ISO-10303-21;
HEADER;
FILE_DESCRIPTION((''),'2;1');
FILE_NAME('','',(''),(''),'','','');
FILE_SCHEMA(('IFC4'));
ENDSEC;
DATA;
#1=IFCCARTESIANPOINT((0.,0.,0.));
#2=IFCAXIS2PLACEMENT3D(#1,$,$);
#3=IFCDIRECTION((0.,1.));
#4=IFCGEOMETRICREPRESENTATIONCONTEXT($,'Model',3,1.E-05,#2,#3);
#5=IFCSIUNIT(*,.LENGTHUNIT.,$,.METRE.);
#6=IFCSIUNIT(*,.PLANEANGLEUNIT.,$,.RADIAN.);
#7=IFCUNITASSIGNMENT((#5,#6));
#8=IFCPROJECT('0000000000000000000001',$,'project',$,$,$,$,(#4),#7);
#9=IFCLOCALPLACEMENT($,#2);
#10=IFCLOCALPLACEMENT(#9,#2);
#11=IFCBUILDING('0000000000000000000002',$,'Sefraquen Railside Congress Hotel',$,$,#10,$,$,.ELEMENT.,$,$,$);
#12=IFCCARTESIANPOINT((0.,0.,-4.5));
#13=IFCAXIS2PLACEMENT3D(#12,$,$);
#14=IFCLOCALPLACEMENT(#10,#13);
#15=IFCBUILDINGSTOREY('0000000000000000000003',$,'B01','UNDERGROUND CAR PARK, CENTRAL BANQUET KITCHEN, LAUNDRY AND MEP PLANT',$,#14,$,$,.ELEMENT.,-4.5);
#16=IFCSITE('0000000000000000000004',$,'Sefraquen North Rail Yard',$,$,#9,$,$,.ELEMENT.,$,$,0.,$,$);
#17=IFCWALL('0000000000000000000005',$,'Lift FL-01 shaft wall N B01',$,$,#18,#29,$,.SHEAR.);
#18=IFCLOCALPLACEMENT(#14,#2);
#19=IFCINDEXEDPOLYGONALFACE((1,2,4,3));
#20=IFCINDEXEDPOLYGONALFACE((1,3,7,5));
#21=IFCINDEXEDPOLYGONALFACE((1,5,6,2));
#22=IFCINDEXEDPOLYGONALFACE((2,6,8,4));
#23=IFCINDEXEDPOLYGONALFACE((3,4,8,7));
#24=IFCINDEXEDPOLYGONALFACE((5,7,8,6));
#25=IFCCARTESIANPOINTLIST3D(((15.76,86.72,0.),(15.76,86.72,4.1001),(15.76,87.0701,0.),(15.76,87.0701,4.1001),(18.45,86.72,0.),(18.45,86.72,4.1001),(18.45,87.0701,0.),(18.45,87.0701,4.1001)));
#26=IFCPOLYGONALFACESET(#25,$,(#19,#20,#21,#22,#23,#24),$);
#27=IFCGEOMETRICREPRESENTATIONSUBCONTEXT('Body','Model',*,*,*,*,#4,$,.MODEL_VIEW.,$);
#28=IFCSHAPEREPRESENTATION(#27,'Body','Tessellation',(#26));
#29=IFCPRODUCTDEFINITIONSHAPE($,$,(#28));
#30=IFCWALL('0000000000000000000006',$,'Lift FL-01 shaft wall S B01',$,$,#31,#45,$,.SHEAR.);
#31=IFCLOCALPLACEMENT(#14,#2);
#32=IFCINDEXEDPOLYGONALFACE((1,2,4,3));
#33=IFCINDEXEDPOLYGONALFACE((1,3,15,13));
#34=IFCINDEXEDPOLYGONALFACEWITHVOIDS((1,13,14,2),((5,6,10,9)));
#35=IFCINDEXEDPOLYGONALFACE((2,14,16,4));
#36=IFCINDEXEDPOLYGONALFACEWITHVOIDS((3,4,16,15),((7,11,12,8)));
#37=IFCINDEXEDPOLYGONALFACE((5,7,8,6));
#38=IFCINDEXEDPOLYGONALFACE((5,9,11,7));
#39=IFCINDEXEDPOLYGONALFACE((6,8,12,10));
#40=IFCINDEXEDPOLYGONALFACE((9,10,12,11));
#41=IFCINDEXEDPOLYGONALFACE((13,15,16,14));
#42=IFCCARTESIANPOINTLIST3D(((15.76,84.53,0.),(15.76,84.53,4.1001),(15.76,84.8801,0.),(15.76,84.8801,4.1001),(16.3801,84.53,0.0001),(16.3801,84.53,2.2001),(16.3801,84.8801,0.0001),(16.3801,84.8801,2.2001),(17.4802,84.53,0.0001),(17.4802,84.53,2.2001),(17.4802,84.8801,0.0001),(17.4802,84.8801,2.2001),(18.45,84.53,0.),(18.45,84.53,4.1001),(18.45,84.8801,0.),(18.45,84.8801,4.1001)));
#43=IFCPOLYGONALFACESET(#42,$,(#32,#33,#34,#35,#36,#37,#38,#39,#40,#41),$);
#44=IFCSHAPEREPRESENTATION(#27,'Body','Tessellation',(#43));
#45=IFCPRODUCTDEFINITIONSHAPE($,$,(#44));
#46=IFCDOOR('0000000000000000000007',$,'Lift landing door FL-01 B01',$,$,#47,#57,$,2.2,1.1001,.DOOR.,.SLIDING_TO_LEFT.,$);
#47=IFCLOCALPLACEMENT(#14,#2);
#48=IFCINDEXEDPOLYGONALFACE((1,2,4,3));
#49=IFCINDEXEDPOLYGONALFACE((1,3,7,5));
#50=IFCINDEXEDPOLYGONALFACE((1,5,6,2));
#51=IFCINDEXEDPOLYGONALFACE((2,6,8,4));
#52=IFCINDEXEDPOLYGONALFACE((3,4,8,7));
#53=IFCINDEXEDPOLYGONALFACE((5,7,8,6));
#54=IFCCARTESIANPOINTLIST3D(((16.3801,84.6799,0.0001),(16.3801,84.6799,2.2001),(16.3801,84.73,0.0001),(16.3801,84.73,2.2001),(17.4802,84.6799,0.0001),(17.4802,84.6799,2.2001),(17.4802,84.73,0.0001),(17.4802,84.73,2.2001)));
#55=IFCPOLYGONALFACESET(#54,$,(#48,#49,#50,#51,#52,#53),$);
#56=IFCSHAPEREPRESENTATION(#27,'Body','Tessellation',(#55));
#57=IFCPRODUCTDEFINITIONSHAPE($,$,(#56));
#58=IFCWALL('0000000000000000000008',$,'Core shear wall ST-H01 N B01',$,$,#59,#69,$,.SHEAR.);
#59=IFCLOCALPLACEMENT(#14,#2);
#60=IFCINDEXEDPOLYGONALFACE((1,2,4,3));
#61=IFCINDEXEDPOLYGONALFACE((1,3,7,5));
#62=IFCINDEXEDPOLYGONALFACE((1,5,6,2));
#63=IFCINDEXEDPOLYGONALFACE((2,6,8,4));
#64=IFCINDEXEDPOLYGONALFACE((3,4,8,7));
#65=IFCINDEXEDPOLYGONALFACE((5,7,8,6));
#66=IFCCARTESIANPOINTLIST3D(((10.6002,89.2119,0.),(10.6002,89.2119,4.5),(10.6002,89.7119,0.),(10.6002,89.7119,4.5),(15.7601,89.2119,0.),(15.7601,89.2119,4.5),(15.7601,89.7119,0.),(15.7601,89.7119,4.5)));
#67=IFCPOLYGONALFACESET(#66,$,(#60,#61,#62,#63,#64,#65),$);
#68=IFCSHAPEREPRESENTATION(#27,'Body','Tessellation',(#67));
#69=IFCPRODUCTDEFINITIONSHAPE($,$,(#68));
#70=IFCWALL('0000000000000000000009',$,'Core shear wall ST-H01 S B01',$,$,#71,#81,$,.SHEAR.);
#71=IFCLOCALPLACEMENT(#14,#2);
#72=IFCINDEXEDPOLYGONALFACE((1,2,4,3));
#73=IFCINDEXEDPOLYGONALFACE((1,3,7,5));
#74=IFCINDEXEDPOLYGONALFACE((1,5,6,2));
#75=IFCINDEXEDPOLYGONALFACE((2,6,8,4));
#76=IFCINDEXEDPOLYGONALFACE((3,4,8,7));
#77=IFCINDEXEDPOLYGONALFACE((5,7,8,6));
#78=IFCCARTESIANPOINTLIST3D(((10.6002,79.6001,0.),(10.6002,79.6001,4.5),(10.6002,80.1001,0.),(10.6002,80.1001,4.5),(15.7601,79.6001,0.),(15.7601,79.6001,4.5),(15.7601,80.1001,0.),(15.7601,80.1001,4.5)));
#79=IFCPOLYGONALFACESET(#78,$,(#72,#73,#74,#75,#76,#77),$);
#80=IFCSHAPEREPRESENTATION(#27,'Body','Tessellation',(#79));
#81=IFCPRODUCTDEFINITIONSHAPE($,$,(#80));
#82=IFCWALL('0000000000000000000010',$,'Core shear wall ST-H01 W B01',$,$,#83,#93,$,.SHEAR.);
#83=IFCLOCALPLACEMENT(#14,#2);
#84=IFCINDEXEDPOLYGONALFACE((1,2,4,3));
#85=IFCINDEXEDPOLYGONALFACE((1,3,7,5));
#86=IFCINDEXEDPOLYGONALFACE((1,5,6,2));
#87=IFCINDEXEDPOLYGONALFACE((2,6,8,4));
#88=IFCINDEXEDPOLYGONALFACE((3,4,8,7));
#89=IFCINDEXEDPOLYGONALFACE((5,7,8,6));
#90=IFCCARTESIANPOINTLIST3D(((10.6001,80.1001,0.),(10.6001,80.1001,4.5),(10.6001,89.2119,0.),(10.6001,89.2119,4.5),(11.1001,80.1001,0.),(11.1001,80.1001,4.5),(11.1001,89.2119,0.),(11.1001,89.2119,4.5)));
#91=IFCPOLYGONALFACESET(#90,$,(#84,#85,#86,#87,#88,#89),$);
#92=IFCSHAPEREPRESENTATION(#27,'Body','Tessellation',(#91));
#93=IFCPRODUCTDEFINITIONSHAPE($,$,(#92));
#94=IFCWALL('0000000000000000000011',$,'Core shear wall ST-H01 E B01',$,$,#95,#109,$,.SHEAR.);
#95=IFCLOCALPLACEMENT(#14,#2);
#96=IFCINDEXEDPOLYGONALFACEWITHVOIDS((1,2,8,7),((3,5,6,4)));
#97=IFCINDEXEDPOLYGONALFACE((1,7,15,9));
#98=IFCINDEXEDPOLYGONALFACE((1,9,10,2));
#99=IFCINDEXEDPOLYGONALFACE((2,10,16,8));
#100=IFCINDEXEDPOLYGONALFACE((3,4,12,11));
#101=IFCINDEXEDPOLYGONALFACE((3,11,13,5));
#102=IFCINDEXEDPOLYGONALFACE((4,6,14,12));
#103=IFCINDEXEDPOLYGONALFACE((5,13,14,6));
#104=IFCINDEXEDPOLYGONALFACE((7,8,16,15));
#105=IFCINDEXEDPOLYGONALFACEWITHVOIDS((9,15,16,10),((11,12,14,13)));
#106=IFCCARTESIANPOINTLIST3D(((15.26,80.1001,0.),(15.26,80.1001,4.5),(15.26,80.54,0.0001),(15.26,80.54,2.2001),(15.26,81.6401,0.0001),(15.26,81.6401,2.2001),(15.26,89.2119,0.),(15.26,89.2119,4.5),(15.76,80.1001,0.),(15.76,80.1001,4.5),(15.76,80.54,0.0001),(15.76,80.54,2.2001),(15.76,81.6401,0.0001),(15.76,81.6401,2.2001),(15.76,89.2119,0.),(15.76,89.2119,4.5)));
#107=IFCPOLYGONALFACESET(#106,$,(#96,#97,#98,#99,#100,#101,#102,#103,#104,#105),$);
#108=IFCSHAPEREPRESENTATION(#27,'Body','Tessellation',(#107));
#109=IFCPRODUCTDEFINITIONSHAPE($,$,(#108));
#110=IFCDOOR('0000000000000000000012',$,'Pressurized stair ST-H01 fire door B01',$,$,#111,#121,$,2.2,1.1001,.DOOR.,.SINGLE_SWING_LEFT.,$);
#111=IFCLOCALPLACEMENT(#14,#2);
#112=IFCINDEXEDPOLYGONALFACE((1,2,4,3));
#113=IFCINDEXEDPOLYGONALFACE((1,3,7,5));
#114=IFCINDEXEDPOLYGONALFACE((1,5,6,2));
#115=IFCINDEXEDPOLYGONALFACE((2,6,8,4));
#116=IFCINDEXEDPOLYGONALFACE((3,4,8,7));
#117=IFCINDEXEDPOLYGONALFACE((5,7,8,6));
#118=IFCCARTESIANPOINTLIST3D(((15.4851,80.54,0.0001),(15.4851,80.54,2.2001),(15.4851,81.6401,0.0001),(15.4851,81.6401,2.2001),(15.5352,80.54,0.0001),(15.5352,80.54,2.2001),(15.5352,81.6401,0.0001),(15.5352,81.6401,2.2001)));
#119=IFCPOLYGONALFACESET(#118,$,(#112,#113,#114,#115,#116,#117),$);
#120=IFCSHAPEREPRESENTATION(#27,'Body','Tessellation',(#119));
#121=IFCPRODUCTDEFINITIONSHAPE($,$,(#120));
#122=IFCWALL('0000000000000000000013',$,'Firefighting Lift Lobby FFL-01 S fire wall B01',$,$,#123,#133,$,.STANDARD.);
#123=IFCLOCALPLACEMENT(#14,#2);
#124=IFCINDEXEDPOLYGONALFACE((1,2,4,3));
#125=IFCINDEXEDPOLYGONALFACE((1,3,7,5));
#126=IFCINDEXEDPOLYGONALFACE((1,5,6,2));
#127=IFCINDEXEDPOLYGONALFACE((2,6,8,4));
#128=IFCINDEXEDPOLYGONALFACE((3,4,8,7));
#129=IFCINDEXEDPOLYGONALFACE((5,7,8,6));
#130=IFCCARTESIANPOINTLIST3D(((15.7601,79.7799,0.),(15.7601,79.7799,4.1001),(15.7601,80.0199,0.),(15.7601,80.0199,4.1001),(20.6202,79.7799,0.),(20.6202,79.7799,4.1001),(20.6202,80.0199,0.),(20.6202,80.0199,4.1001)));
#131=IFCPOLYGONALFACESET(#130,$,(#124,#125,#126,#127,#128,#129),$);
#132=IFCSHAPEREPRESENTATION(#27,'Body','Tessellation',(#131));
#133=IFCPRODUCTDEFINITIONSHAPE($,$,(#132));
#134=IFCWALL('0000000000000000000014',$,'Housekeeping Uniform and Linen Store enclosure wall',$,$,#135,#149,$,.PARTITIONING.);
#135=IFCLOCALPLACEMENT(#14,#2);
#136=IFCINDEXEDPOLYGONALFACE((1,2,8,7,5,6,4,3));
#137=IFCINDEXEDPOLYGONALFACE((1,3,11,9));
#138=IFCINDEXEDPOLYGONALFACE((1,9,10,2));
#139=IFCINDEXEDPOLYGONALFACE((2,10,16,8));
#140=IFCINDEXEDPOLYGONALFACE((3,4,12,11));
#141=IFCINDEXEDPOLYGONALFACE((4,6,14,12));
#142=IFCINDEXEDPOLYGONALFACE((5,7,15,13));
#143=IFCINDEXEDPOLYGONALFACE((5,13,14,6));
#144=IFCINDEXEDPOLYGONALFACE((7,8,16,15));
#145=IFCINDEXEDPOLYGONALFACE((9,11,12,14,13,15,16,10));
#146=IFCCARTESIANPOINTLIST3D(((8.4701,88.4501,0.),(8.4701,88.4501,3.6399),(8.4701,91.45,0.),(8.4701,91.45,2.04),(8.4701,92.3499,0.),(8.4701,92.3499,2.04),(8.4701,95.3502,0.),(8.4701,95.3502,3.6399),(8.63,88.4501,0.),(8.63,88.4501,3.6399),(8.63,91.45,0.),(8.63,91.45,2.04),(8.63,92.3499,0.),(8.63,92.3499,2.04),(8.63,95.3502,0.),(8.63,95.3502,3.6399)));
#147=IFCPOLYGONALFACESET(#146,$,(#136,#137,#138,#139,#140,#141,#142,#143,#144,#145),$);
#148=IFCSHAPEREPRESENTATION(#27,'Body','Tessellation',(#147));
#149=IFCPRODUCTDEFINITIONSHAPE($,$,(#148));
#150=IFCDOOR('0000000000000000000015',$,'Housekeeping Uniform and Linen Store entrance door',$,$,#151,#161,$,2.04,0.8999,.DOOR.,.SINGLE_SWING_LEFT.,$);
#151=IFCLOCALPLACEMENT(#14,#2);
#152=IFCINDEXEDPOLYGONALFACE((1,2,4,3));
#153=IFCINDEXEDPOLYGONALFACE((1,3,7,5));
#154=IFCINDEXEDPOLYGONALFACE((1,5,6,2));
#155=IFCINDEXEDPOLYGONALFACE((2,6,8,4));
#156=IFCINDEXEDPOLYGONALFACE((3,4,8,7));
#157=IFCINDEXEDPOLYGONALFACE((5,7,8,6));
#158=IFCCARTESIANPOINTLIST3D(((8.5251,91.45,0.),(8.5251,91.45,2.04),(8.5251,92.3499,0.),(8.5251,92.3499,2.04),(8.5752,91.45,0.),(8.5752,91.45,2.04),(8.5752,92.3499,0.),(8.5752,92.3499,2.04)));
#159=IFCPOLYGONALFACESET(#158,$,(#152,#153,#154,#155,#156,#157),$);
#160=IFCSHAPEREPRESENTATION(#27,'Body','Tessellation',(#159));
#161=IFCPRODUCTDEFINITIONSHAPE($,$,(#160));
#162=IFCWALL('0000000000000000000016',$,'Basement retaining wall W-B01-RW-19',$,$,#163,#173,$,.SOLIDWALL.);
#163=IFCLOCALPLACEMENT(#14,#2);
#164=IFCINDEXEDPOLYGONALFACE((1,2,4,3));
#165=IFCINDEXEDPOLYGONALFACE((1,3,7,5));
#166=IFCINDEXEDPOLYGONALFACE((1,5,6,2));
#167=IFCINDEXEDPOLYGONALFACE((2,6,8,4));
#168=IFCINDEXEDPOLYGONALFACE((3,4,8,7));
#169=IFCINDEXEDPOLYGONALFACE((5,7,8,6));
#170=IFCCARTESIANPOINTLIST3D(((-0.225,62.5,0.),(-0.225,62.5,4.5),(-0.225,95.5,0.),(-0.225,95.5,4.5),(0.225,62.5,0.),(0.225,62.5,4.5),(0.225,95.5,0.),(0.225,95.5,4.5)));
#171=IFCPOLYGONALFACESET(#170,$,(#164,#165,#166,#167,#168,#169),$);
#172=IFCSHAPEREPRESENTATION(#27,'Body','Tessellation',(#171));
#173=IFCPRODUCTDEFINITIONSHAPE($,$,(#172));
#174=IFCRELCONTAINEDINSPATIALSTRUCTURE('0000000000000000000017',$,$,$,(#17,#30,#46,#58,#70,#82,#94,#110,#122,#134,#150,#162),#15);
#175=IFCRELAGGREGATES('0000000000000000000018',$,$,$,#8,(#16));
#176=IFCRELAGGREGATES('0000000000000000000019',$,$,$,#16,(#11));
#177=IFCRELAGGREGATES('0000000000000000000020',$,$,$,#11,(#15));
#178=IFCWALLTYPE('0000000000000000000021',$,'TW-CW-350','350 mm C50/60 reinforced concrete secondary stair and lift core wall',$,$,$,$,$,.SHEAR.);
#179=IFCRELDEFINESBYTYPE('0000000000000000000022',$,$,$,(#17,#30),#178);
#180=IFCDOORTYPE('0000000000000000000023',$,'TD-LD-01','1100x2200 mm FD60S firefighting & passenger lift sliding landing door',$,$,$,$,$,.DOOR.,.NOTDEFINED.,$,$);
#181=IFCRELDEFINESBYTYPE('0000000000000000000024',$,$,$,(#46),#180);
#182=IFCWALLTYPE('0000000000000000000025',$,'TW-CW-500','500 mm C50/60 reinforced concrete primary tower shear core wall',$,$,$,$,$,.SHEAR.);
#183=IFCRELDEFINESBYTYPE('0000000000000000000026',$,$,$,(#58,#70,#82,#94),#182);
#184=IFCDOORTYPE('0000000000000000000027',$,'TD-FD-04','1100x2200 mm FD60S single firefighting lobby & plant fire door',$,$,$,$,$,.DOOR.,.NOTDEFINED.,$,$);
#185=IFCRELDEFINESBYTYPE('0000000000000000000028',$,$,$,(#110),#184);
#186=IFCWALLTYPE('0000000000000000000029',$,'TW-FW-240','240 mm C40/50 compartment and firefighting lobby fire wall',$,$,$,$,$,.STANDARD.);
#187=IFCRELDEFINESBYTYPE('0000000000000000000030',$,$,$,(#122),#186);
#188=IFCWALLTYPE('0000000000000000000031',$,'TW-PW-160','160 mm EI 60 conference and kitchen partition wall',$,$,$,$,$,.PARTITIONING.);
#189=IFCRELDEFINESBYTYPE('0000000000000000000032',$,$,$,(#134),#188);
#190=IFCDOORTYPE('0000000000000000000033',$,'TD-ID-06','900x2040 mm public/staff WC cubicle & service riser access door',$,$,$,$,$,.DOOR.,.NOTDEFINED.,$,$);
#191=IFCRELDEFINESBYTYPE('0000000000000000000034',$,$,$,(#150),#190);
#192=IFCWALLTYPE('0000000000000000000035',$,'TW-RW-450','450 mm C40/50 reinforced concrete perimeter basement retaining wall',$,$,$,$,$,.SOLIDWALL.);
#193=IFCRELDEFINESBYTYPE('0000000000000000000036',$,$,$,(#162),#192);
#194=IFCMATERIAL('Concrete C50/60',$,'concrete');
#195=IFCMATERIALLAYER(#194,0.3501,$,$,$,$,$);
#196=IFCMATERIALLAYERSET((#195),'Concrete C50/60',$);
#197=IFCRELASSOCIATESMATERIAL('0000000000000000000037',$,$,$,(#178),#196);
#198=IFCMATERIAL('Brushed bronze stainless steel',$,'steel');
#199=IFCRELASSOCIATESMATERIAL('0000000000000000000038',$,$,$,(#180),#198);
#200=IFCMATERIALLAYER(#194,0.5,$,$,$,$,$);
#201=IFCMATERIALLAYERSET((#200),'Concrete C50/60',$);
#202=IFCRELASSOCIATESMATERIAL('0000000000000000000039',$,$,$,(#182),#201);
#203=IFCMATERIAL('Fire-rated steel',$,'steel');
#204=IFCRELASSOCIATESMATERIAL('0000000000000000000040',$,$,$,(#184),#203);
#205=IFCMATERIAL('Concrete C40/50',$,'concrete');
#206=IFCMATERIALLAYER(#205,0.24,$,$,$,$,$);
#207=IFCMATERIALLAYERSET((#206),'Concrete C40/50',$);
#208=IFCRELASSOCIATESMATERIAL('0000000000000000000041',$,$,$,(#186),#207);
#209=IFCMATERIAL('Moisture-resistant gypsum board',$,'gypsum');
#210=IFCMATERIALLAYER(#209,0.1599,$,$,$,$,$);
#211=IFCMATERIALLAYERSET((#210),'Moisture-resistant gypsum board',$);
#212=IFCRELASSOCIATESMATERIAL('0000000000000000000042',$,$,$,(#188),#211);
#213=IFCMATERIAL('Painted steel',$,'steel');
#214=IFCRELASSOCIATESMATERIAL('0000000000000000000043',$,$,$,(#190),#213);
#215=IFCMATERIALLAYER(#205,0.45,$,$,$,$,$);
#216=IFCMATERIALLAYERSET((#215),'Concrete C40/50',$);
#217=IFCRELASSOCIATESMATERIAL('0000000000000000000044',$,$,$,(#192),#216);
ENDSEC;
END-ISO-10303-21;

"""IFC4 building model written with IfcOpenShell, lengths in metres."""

from ifc_helpers import new_model, si_unit, direction, frame, frame_2d, origin, place, context, subcontext, project, spatial, rectangle, extrude, material, layer, layer_set, type_object, element, fill, save


model = new_model("IFC4")

# Units and contexts
model_context = context("Model", 3, precision=1e-05, world=origin(), true_north=direction((0.0, 1.0)))
body_context = subcontext(model_context, "Body", "Model", "MODEL_VIEW")
ifc_project = project(units=[si_unit("LENGTHUNIT", "METRE"), si_unit("PLANEANGLEUNIT", "RADIAN")], contexts=[model_context])

# Site, building, storey
site_placement = place(None, origin())
site = spatial("IfcSite", under=ifc_project, at=site_placement, Name="Sefraquen North Rail Yard", CompositionType="ELEMENT", RefElevation=0.0)
building_placement = place(site_placement, origin())
building = spatial("IfcBuilding", under=site, at=building_placement, Name="Sefraquen Railside Congress Hotel", CompositionType="ELEMENT")
storey_placement = place(building_placement, frame((0.0, 0.0, -4.5)))
storey = spatial("IfcBuildingStorey", under=building, at=storey_placement, Name="B01", Description="UNDERGROUND CAR PARK, CENTRAL BANQUET KITCHEN, LAUNDRY AND MEP PLANT", CompositionType="ELEMENT", Elevation=-4.5)

# Shared definitions
ifc_material_1 = material(Name="Concrete C40/50", Category="concrete")

# Wall
ifc_material_2 = material(Name="Concrete C50/60", Category="concrete")
ifc_layer_1 = layer(ifc_material_2, 0.3501)
ifc_layer_set_1 = layer_set([ifc_layer_1], Name="Concrete C50/60")
wall_type_1 = type_object("IfcWallType", Name="TW-CW-350", Description="350 mm C50/60 reinforced concrete secondary stair and lift core wall", PredefinedType="SHEAR", material=ifc_layer_set_1)
wall_1_placement = place(storey_placement, frame((15.76, 86.895, 0.0), z_axis=(0.0, 0.0, 1.0), x_axis=(1.0, 0.0, 0.0)))
element("IfcWall", 1, at=wall_1_placement, inside=storey, type_object=wall_type_1, Name="Lift FL-01 shaft wall N B01", PredefinedType="SHEAR", context=body_context, shape_type="SweptSolid", body=[
    extrude(rectangle(XDim=2.6899, YDim=0.3501, at=frame_2d((1.345, 0.0))), origin(), (0.0, 0.0, 1.0), 4.1001),
])

# Wall, opening, door
wall_2_placement = place(storey_placement, frame((15.76, 84.7051, 0.0), z_axis=(0.0, 0.0, 1.0), x_axis=(1.0, 0.0, 0.0)))
wall_2 = element("IfcWall", 2, at=wall_2_placement, inside=storey, type_object=wall_type_1, Name="Lift FL-01 shaft wall S B01", PredefinedType="SHEAR", context=body_context, shape_type="SweptSolid", body=[
    extrude(rectangle(XDim=2.6899, YDim=0.3501, at=frame_2d((1.345, 0.0))), origin(), (0.0, 0.0, 1.0), 4.1001),
])
opening_1_placement = place(wall_2_placement, frame((0.6201, 0.0, 0.0)))
opening_1 = element("IfcOpeningElement", 3, at=opening_1_placement, cuts=wall_2, PredefinedType="OPENING", context=body_context, shape_type="SweptSolid", body=[
    extrude(rectangle(XDim=1.1001, YDim=2.2, at=frame_2d((0.55, 1.1001))), frame((0.0, 0.1851, 0.0), z_axis=(0.0, -1.0, 0.0), x_axis=(1.0, 0.0, 0.0)), (0.0, 0.0, 1.0), 0.3701),
])
ifc_material_3 = material(Name="Brushed bronze stainless steel", Category="steel")
door_type_1 = type_object("IfcDoorType", Name="TD-LD-01", Description="1100x2200 mm FD60S firefighting & passenger lift sliding landing door", OperationType="NOTDEFINED", PredefinedType="DOOR", material=ifc_material_3)
door_1_placement = place(opening_1_placement, origin())
door_1 = element("IfcDoor", 4, at=door_1_placement, inside=storey, type_object=door_type_1, Name="Lift landing door FL-01 B01", OperationType="SLIDING_TO_LEFT", OverallHeight=2.2, OverallWidth=1.1001, PredefinedType="DOOR", context=body_context, shape_type="SweptSolid", body=[
    extrude(rectangle(XDim=1.1001, YDim=2.2, at=frame_2d((0.55, 1.1001))), frame((0.0, 0.0249, 0.0), z_axis=(0.0, -1.0, 0.0), x_axis=(1.0, 0.0, 0.0)), (0.0, 0.0, 1.0), 0.05),
])
fill(opening_1, door_1)

# Walls
ifc_layer_2 = layer(ifc_material_2, 0.5)
ifc_layer_set_2 = layer_set([ifc_layer_2], Name="Concrete C50/60")
wall_type_2 = type_object("IfcWallType", Name="TW-CW-500", Description="500 mm C50/60 reinforced concrete primary tower shear core wall", PredefinedType="SHEAR", material=ifc_layer_set_2)
for number, where, z_axis, x_axis, name in (
    (5, (10.6001, 89.4619, 0.0), (0.0, 0.0, 1.0), (1.0, 0.0, 0.0), "Core shear wall ST-H01 N B01"),
    (6, (10.6001, 79.8501, 0.0), (0.0, 0.0, 1.0), (1.0, 0.0, 0.0), "Core shear wall ST-H01 S B01"),
):
    element("IfcWall", number, at=place(storey_placement, frame(where, z_axis=z_axis, x_axis=x_axis)), inside=storey, type_object=wall_type_2, Name=name, PredefinedType="SHEAR", context=body_context, shape_type="SweptSolid", body=[
        extrude(rectangle(XDim=5.1599, YDim=0.5, at=frame_2d((2.5801, 0.0))), origin(), (0.0, 0.0, 1.0), 4.5),
    ])
wall_3_placement = place(storey_placement, frame((10.8501, 80.1001, 0.0), z_axis=(0.0, 0.0, 1.0), x_axis=(0.0, 1.0, 0.0)))
element("IfcWall", 7, at=wall_3_placement, inside=storey, type_object=wall_type_2, Name="Core shear wall ST-H01 W B01", PredefinedType="SHEAR", context=body_context, shape_type="SweptSolid", body=[
    extrude(rectangle(XDim=9.1118, YDim=0.5, at=frame_2d((4.5559, 0.0))), origin(), (0.0, 0.0, 1.0), 4.5),
])

# Wall, opening, door
wall_4_placement = place(storey_placement, frame((15.51, 80.1001, 0.0), z_axis=(0.0, 0.0, 1.0), x_axis=(0.0, 1.0, 0.0)))
wall_4 = element("IfcWall", 8, at=wall_4_placement, inside=storey, type_object=wall_type_2, Name="Core shear wall ST-H01 E B01", PredefinedType="SHEAR", context=body_context, shape_type="SweptSolid", body=[
    extrude(rectangle(XDim=9.1118, YDim=0.5, at=frame_2d((4.5559, 0.0))), origin(), (0.0, 0.0, 1.0), 4.5),
])
opening_2_placement = place(wall_4_placement, frame((0.4399, 0.0, 0.0)))
opening_2 = element("IfcOpeningElement", 9, at=opening_2_placement, cuts=wall_4, PredefinedType="OPENING", context=body_context, shape_type="SweptSolid", body=[
    extrude(rectangle(XDim=1.1001, YDim=2.2, at=frame_2d((0.55, 1.1001))), frame((0.0, 0.26, 0.0), z_axis=(0.0, -1.0, 0.0), x_axis=(1.0, 0.0, 0.0)), (0.0, 0.0, 1.0), 0.52),
])
ifc_material_4 = material(Name="Fire-rated steel", Category="steel")
door_type_2 = type_object("IfcDoorType", Name="TD-FD-04", Description="1100x2200 mm FD60S single firefighting lobby & plant fire door", OperationType="NOTDEFINED", PredefinedType="DOOR", material=ifc_material_4)
door_2_placement = place(opening_2_placement, origin())
door_2 = element("IfcDoor", 10, at=door_2_placement, inside=storey, type_object=door_type_2, Name="Pressurized stair ST-H01 fire door B01", OperationType="SINGLE_SWING_LEFT", OverallHeight=2.2, OverallWidth=1.1001, PredefinedType="DOOR", context=body_context, shape_type="SweptSolid", body=[
    extrude(rectangle(XDim=1.1001, YDim=2.2, at=frame_2d((0.55, 1.1001))), frame((0.0, 0.0249, 0.0), z_axis=(0.0, -1.0, 0.0), x_axis=(1.0, 0.0, 0.0)), (0.0, 0.0, 1.0), 0.05),
])
fill(opening_2, door_2)

# Wall
ifc_layer_3 = layer(ifc_material_1, 0.24)
ifc_layer_set_3 = layer_set([ifc_layer_3], Name="Concrete C40/50")
wall_type_3 = type_object("IfcWallType", Name="TW-FW-240", Description="240 mm C40/50 compartment and firefighting lobby fire wall", PredefinedType="STANDARD", material=ifc_layer_set_3)
wall_5_placement = place(storey_placement, frame((15.76, 79.8999, 0.0), z_axis=(0.0, 0.0, 1.0), x_axis=(1.0, 0.0, 0.0)))
element("IfcWall", 11, at=wall_5_placement, inside=storey, type_object=wall_type_3, Name="Firefighting Lift Lobby FFL-01 S fire wall B01", PredefinedType="STANDARD", context=body_context, shape_type="SweptSolid", body=[
    extrude(rectangle(XDim=4.8601, YDim=0.24, at=frame_2d((2.4302, 0.0))), origin(), (0.0, 0.0, 1.0), 4.1001),
])

# Wall, opening, door
ifc_material_5 = material(Name="Moisture-resistant gypsum board", Category="gypsum")
ifc_layer_4 = layer(ifc_material_5, 0.1599)
ifc_layer_set_4 = layer_set([ifc_layer_4], Name="Moisture-resistant gypsum board")
wall_type_4 = type_object("IfcWallType", Name="TW-PW-160", Description="160 mm EI 60 conference and kitchen partition wall", PredefinedType="PARTITIONING", material=ifc_layer_set_4)
wall_6_placement = place(storey_placement, frame((8.55, 88.45, 0.0), z_axis=(0.0, 0.0, 1.0), x_axis=(0.0, 1.0, 0.0)))
wall_6 = element("IfcWall", 12, at=wall_6_placement, inside=storey, type_object=wall_type_4, Name="Housekeeping Uniform and Linen Store enclosure wall", PredefinedType="PARTITIONING", context=body_context, shape_type="SweptSolid", body=[
    extrude(rectangle(XDim=6.9001, YDim=0.1599, at=frame_2d((3.4502, 0.0))), origin(), (0.0, 0.0, 1.0), 3.6399),
])
opening_3_placement = place(wall_6_placement, frame((3.0, 0.0, 0.0)))
opening_3 = element("IfcOpeningElement", 13, at=opening_3_placement, cuts=wall_6, PredefinedType="OPENING", context=body_context, shape_type="SweptSolid", body=[
    extrude(rectangle(XDim=0.8999, YDim=2.04, at=frame_2d((0.45, 1.02))), frame((0.0, 0.0898, 0.0), z_axis=(0.0, -1.0, 0.0), x_axis=(1.0, 0.0, 0.0)), (0.0, 0.0, 1.0), 0.1799),
])
ifc_material_6 = material(Name="Painted steel", Category="steel")
door_type_3 = type_object("IfcDoorType", Name="TD-ID-06", Description="900x2040 mm public/staff WC cubicle & service riser access door", OperationType="NOTDEFINED", PredefinedType="DOOR", material=ifc_material_6)
door_3_placement = place(opening_3_placement, origin())
door_3 = element("IfcDoor", 14, at=door_3_placement, inside=storey, type_object=door_type_3, Name="Housekeeping Uniform and Linen Store entrance door", OperationType="SINGLE_SWING_LEFT", OverallHeight=2.04, OverallWidth=0.8999, PredefinedType="DOOR", context=body_context, shape_type="SweptSolid", body=[
    extrude(rectangle(XDim=0.8999, YDim=2.04, at=frame_2d((0.45, 1.02))), frame((0.0, 0.0249, 0.0), z_axis=(0.0, -1.0, 0.0), x_axis=(1.0, 0.0, 0.0)), (0.0, 0.0, 1.0), 0.05),
])
fill(opening_3, door_3)

# Wall
ifc_layer_5 = layer(ifc_material_1, 0.45)
ifc_layer_set_5 = layer_set([ifc_layer_5], Name="Concrete C40/50")
wall_type_5 = type_object("IfcWallType", Name="TW-RW-450", Description="450 mm C40/50 reinforced concrete perimeter basement retaining wall", PredefinedType="SOLIDWALL", material=ifc_layer_set_5)
wall_7_placement = place(storey_placement, frame((0.0, 95.5, 0.0), z_axis=(0.0, 0.0, 1.0), x_axis=(0.0, -1.0, 0.0)))
element("IfcWall", 15, at=wall_7_placement, inside=storey, type_object=wall_type_5, Name="Basement retaining wall W-B01-RW-19", PredefinedType="SOLIDWALL", context=body_context, shape_type="SweptSolid", body=[
    extrude(rectangle(XDim=33.0, YDim=0.45, at=frame_2d((16.5, 0.0))), origin(), (0.0, 0.0, 1.0), 4.5),
])

save(model, "model.ifc")
